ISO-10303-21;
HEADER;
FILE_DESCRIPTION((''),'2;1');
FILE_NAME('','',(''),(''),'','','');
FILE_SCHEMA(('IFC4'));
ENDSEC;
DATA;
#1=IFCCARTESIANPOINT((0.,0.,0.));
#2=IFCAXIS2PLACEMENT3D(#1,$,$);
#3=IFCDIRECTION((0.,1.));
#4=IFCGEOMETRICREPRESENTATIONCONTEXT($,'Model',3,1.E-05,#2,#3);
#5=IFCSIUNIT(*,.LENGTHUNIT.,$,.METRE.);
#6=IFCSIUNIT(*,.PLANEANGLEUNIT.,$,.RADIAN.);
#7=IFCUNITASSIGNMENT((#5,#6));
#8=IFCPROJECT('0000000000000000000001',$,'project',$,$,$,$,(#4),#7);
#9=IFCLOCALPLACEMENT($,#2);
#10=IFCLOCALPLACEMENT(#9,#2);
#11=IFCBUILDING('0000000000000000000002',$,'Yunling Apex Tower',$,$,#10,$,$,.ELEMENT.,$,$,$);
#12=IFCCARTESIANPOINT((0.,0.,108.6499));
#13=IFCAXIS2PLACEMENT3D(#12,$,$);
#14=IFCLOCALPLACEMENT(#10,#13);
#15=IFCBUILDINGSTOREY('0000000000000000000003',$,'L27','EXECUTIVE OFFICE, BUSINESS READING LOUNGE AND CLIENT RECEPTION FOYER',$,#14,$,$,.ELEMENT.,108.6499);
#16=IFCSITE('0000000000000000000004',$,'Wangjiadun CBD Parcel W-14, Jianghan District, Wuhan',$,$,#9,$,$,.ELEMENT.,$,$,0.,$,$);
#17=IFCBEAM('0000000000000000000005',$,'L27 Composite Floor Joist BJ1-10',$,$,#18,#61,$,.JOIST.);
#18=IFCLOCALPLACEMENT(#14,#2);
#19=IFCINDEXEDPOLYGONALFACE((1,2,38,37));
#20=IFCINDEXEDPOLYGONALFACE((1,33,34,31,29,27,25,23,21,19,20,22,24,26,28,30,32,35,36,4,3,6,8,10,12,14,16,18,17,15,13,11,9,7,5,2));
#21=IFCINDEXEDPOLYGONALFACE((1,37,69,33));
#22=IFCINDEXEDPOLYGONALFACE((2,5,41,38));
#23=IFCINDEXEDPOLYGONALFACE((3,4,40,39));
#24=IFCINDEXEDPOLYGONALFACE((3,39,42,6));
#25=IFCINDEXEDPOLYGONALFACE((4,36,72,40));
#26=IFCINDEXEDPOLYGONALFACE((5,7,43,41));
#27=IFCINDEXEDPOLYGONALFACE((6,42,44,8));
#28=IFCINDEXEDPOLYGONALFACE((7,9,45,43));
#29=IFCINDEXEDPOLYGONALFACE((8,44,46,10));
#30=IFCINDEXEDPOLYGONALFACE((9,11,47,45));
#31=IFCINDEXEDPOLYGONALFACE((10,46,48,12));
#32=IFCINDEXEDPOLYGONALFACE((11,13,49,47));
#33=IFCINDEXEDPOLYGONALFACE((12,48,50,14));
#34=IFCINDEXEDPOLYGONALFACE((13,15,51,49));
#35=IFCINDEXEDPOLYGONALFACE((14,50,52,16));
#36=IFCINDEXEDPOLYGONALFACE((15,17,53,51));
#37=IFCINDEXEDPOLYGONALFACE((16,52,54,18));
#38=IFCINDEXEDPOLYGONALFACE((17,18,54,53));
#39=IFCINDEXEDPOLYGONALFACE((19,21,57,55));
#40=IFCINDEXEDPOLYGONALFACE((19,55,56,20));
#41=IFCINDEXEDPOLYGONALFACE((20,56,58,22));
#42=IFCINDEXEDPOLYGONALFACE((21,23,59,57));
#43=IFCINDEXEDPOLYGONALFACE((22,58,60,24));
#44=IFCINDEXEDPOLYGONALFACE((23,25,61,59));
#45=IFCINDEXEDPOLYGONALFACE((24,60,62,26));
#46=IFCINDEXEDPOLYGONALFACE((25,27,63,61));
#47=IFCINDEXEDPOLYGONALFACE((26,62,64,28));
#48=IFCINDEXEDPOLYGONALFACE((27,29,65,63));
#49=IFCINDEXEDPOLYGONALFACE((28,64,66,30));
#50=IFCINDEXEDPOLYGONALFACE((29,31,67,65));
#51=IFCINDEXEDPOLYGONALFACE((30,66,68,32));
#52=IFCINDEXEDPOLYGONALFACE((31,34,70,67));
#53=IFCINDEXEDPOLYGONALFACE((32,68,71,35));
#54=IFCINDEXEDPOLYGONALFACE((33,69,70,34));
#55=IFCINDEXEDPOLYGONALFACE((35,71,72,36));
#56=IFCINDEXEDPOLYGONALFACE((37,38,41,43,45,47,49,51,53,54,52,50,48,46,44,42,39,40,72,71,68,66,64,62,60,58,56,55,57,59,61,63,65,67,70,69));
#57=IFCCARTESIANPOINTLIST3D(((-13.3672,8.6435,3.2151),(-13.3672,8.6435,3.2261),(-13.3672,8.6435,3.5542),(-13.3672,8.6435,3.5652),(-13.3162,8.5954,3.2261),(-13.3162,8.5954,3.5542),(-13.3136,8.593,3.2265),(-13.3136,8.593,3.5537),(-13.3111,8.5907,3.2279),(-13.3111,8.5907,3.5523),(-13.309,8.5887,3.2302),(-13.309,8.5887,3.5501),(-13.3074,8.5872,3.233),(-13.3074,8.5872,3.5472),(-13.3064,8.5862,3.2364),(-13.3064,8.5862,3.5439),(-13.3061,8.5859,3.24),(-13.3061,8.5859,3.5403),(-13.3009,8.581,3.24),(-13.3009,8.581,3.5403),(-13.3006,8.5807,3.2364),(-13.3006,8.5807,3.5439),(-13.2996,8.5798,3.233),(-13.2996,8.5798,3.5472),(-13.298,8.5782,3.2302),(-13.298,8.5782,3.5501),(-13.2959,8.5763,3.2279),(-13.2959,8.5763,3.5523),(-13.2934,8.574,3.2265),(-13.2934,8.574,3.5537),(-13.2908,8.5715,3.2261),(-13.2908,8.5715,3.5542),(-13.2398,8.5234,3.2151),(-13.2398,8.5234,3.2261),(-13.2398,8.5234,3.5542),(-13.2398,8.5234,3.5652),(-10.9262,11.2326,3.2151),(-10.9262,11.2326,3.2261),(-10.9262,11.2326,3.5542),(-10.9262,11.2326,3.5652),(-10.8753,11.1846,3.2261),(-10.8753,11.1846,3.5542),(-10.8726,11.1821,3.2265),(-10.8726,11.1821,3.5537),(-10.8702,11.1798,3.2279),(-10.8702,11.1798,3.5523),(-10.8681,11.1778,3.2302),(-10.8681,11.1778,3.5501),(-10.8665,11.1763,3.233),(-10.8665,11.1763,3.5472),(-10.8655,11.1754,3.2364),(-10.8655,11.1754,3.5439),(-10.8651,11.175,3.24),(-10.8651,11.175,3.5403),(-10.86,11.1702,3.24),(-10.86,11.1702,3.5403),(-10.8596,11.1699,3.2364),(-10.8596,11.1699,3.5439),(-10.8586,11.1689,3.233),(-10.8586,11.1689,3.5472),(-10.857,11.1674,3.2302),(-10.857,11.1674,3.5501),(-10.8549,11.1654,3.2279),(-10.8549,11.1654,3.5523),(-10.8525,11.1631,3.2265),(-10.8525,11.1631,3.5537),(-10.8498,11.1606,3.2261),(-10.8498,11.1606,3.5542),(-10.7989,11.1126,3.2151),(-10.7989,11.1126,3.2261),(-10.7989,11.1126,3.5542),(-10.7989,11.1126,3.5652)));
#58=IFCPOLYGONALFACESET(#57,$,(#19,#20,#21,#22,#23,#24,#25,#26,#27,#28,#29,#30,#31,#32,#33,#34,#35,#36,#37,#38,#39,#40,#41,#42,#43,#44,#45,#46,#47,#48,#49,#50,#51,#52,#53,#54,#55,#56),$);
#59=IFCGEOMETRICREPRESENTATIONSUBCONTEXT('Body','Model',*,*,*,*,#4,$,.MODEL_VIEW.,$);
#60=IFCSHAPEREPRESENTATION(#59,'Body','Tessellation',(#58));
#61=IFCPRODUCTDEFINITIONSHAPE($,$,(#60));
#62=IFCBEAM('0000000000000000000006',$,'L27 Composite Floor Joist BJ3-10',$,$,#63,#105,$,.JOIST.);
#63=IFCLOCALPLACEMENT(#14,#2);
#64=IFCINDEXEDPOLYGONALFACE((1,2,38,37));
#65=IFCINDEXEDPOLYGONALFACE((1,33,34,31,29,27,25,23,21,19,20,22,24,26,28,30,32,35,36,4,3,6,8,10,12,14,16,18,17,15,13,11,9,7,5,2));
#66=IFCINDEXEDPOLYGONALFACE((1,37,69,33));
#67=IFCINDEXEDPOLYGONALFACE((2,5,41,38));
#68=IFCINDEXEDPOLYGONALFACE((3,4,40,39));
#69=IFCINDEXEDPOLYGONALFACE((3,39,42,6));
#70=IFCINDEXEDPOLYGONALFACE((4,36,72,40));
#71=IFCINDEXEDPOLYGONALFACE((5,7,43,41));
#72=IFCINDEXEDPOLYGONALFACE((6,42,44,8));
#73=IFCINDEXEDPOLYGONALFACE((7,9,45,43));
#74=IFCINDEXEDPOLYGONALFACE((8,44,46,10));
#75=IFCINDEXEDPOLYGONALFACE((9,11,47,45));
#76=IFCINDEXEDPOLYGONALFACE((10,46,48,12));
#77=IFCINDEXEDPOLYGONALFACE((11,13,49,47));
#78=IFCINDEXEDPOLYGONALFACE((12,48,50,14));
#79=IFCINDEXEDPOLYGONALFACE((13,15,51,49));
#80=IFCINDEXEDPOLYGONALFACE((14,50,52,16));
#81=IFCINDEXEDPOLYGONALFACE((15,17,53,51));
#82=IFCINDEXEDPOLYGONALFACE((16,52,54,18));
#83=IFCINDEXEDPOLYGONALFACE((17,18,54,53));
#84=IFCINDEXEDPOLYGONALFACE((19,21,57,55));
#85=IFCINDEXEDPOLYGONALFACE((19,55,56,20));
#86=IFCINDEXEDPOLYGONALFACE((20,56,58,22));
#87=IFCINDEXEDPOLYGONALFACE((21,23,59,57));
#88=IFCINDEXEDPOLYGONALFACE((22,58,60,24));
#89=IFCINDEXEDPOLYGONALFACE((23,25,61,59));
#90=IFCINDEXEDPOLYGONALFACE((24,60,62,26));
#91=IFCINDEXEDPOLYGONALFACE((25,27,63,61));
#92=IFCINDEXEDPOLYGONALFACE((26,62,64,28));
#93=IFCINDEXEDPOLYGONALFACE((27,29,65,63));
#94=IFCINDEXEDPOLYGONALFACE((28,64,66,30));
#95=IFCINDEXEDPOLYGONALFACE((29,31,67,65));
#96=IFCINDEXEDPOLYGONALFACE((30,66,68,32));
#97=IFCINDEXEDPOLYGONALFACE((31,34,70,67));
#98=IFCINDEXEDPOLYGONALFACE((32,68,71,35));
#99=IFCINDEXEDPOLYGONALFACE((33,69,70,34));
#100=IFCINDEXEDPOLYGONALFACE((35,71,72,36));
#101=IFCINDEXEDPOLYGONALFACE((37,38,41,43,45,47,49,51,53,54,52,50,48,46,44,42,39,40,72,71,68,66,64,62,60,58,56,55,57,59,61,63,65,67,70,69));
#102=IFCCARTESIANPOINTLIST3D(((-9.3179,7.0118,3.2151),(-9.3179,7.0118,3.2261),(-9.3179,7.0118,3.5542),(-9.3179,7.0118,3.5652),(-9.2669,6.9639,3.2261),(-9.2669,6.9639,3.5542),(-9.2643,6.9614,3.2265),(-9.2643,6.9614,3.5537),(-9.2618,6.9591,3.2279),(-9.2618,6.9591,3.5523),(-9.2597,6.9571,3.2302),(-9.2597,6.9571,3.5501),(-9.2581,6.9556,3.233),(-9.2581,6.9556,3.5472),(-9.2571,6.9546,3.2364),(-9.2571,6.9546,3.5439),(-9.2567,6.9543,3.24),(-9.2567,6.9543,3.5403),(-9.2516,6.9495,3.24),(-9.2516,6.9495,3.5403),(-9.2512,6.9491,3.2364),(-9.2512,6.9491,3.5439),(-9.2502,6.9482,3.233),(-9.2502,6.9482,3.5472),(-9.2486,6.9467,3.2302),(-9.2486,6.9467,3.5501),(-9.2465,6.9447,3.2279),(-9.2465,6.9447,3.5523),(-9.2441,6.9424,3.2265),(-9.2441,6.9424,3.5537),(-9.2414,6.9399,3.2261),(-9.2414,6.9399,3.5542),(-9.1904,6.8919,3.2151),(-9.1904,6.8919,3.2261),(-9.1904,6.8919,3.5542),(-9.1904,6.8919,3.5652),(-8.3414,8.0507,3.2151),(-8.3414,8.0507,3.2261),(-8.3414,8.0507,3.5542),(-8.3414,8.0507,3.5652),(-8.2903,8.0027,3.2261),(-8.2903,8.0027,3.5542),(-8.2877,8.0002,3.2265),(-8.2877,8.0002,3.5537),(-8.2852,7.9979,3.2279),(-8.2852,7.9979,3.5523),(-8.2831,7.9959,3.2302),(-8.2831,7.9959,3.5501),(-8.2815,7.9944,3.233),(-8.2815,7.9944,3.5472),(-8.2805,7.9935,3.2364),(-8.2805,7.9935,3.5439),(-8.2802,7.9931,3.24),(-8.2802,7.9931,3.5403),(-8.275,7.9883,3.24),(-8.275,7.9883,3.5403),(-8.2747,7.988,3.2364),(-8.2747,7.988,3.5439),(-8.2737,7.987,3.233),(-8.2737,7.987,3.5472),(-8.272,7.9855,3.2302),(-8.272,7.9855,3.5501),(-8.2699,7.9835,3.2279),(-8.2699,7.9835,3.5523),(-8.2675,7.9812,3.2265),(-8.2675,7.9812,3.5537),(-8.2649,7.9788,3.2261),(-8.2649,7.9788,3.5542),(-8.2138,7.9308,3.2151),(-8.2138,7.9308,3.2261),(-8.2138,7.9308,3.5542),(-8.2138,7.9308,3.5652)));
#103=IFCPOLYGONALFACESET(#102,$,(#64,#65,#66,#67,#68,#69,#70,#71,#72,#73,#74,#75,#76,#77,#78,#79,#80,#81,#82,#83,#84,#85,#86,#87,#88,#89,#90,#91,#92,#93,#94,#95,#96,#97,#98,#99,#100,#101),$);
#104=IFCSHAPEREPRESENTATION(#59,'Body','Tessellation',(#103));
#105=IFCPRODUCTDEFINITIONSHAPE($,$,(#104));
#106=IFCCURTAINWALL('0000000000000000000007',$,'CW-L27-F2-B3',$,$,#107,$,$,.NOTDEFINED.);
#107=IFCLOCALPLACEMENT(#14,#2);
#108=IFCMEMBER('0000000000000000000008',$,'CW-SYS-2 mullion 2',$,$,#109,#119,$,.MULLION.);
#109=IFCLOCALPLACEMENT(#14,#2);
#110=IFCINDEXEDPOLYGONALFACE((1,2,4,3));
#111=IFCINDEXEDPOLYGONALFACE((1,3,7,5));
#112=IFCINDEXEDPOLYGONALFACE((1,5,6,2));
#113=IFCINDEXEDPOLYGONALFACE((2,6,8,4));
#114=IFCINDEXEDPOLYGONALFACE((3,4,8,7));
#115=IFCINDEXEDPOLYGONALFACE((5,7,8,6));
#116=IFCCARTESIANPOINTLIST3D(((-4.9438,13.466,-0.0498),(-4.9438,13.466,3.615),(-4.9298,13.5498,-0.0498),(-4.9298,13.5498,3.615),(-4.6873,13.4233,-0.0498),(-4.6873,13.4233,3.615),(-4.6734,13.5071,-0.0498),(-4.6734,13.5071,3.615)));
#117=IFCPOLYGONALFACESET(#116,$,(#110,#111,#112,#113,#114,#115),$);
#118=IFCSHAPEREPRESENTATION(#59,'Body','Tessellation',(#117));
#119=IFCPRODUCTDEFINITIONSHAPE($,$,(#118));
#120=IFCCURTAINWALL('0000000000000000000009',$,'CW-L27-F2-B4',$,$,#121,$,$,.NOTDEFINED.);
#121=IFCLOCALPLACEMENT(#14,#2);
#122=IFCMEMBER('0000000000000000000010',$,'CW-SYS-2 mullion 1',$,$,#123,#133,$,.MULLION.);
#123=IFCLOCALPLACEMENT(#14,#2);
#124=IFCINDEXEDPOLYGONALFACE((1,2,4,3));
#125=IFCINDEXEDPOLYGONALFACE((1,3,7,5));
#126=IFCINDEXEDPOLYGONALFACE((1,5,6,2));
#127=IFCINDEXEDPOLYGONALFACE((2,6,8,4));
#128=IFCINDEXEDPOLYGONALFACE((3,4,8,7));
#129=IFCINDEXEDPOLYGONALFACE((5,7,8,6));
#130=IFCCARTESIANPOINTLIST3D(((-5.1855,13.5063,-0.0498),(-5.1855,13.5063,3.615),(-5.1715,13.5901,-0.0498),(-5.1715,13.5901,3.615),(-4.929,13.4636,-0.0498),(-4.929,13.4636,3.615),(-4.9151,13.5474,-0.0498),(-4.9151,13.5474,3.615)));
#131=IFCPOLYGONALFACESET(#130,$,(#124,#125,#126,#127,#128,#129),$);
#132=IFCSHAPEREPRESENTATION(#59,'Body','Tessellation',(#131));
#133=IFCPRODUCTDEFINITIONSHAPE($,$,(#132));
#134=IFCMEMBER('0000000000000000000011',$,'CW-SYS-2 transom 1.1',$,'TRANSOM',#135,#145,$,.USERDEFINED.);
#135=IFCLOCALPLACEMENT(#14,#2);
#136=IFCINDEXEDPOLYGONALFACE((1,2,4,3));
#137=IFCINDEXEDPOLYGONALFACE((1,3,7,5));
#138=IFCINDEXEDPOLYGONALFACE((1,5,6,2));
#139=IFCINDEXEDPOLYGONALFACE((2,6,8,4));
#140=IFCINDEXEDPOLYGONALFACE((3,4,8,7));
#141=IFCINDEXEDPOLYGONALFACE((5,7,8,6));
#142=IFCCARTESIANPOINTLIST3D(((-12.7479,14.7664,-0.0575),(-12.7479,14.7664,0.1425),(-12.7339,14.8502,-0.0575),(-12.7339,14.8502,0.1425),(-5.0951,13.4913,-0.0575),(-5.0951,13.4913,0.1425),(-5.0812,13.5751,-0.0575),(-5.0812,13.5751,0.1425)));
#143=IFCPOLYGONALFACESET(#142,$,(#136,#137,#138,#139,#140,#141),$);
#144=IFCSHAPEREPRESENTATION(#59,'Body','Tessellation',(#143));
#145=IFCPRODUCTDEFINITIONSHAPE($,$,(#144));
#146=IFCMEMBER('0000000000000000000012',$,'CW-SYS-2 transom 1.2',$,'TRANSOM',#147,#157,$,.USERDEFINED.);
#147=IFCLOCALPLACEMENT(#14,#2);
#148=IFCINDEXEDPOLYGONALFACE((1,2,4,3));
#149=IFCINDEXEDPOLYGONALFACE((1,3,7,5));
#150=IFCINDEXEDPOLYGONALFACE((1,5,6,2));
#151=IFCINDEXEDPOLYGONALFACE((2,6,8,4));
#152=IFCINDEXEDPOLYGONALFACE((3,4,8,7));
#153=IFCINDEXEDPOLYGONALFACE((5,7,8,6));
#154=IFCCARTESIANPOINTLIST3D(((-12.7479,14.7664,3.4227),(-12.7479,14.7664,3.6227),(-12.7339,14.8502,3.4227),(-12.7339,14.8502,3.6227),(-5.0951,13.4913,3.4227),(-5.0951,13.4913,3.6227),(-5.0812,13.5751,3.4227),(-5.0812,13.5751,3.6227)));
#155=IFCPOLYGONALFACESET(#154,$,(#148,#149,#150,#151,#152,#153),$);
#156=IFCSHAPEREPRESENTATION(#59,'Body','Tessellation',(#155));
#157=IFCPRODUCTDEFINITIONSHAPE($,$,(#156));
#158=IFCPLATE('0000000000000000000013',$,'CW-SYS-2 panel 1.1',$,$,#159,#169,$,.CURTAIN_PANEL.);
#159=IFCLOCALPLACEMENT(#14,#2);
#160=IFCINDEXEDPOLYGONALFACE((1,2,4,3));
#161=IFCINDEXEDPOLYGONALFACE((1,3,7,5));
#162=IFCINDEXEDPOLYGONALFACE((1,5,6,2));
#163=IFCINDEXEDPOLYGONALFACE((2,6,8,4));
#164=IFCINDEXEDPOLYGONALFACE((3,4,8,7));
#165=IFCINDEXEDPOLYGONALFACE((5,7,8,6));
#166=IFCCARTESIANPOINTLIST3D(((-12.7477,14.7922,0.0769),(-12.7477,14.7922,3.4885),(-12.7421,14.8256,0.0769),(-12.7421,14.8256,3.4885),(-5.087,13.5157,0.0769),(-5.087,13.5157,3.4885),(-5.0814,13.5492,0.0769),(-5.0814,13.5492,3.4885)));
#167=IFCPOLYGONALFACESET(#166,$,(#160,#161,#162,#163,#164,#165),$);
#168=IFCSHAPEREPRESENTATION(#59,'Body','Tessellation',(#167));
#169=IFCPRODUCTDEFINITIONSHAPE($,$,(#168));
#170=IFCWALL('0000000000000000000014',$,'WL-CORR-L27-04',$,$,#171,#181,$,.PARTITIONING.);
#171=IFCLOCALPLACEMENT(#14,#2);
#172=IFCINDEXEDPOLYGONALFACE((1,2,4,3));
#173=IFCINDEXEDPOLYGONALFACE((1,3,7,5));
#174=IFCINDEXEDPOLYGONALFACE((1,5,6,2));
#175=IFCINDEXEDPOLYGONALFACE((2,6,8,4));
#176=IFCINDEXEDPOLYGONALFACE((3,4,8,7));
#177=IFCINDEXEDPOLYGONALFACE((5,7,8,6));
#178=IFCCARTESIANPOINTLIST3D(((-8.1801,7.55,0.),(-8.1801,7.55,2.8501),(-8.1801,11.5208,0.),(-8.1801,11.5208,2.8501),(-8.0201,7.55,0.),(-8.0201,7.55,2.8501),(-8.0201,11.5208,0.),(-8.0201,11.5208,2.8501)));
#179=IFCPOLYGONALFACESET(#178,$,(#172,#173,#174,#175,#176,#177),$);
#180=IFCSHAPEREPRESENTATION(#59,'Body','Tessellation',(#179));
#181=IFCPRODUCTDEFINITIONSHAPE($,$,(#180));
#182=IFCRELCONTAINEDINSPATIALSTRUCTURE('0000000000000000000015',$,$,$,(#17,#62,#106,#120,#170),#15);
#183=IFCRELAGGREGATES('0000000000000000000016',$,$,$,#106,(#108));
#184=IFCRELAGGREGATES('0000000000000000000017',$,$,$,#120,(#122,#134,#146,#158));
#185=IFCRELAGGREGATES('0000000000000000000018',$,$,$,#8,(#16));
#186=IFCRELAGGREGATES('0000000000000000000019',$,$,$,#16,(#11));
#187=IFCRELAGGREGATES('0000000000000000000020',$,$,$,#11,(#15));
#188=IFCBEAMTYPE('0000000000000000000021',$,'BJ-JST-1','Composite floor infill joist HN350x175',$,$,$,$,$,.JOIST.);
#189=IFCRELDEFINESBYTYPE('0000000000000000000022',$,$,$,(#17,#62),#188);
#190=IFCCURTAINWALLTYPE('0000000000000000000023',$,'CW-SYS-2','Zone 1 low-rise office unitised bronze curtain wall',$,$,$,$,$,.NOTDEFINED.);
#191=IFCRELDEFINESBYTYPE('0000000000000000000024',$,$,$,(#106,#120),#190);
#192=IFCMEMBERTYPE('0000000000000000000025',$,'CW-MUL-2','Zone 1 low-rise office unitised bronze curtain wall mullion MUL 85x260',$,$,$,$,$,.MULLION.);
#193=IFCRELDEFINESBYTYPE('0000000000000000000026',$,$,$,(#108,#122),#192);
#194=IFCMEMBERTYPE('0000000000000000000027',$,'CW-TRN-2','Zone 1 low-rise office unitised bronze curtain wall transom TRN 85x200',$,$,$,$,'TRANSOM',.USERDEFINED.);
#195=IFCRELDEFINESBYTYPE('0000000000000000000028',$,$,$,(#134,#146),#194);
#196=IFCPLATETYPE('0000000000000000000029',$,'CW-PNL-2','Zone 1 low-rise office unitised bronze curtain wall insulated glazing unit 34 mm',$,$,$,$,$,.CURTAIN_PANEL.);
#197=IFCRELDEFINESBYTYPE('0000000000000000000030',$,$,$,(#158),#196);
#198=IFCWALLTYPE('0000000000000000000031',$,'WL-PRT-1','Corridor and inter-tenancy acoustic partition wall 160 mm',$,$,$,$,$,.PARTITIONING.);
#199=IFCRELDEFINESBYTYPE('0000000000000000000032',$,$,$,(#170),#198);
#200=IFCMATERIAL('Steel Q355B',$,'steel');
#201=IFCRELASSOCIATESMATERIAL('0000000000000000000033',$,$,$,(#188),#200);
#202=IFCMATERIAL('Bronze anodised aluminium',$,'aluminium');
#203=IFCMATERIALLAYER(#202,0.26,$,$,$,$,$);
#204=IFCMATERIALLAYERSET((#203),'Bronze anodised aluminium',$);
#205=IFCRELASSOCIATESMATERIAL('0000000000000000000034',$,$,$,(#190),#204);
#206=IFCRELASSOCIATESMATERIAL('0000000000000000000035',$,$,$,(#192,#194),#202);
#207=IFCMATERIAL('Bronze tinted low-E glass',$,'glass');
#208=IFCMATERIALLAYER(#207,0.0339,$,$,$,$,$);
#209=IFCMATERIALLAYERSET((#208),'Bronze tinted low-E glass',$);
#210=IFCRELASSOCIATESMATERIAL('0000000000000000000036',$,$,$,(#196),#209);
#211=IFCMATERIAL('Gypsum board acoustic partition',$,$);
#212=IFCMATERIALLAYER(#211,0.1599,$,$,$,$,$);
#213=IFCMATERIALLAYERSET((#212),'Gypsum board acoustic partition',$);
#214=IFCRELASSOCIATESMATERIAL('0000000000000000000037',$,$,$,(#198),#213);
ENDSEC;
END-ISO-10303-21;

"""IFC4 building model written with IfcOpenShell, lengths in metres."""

from ifc_helpers import new_model, si_unit, direction, frame, frame_2d, origin, origin_2d, place, context, subcontext, project, spatial, rectangle, i_section, extrude, source, transform, mapped, material, layer, layer_set, material_profile, profile_set, type_object, element, aggregate, save


model = new_model("IFC4")

# Units and contexts
model_context = context("Model", 3, precision=1e-05, world=origin(), true_north=direction((0.0, 1.0)))
body_context = subcontext(model_context, "Body", "Model", "MODEL_VIEW")
ifc_project = project(units=[si_unit("LENGTHUNIT", "METRE"), si_unit("PLANEANGLEUNIT", "RADIAN")], contexts=[model_context])

# Site, building, storey
site_placement = place(None, origin())
site = spatial("IfcSite", under=ifc_project, at=site_placement, Name="Wangjiadun CBD Parcel W-14, Jianghan District, Wuhan", CompositionType="ELEMENT", RefElevation=0.0)
building_placement = place(site_placement, origin())
building = spatial("IfcBuilding", under=site, at=building_placement, Name="Yunling Apex Tower", CompositionType="ELEMENT")
storey_placement = place(building_placement, frame((0.0, 0.0, 108.6499)))
storey = spatial("IfcBuildingStorey", under=building, at=storey_placement, Name="L27", Description="EXECUTIVE OFFICE, BUSINESS READING LOUNGE AND CLIENT RECEPTION FOYER", CompositionType="ELEMENT", Elevation=108.6499)

# Beams
ifc_material_1 = material(Name="Steel Q355B", Category="steel")
ifc_material_profile_1 = material_profile(ifc_material_1, i_section(OverallWidth=0.175, OverallDepth=0.3501, WebThickness=0.0071, FlangeThickness=0.011, FilletRadius=0.0139, at=origin_2d()))
ifc_profile_set_1 = profile_set([ifc_material_profile_1], Name="Steel Q355B")
beam_type_1 = type_object("IfcBeamType", Name="BJ-JST-1", Description="Composite floor infill joist HN350x175", PredefinedType="JOIST", material=ifc_profile_set_1)
shared_shape_1 = source(origin(), body_context, "Body", "SweptSolid", [
    extrude(i_section(OverallWidth=0.175, OverallDepth=0.3501, WebThickness=0.0071, FlangeThickness=0.011, FilletRadius=0.0139, at=origin_2d()), origin(), (0.0, 0.0, 1.0), 3.5583),
])
beam_1_placement = place(storey_placement, frame((-10.8625, 11.1726, 3.3901), z_axis=(-0.685977, -0.727624, 0.0), x_axis=(0.727624, -0.685977, 0.0)))
element("IfcBeam", 1, at=beam_1_placement, inside=storey, type_object=beam_type_1, Name="L27 Composite Floor Joist BJ1-10", PredefinedType="JOIST", context=body_context, shape_type="MappedRepresentation", body=[
    mapped(shared_shape_1, transform((0.0, 0.0, 0.0), scale=1.0)),
])
shared_shape_2 = source(origin(), body_context, "Body", "SweptSolid", [
    extrude(i_section(OverallWidth=0.175, OverallDepth=0.3501, WebThickness=0.0071, FlangeThickness=0.011, FilletRadius=0.0139, at=origin_2d()), origin(), (0.0, 0.0, 1.0), 1.4258),
])
beam_2_placement = place(storey_placement, frame((-8.2776, 7.9907, 3.3901), z_axis=(-0.684937, -0.728602, 0.0), x_axis=(0.728602, -0.684937, 0.0)))
element("IfcBeam", 2, at=beam_2_placement, inside=storey, type_object=beam_type_1, Name="L27 Composite Floor Joist BJ3-10", PredefinedType="JOIST", context=body_context, shape_type="MappedRepresentation", body=[
    mapped(shared_shape_2, transform((0.0, 0.0, 0.0), scale=1.0)),
])

# Curtain wall, member
ifc_material_2 = material(Name="Bronze anodised aluminium", Category="aluminium")
ifc_layer_1 = layer(ifc_material_2, 0.26)
ifc_layer_set_1 = layer_set([ifc_layer_1], Name="Bronze anodised aluminium")
curtain_wall_type = type_object("IfcCurtainWallType", Name="CW-SYS-2", Description="Zone 1 low-rise office unitised bronze curtain wall", PredefinedType="NOTDEFINED", material=ifc_layer_set_1)
curtain_wall_1_placement = place(storey_placement, origin())
curtain_wall_1 = element("IfcCurtainWall", 3, at=curtain_wall_1_placement, inside=storey, type_object=curtain_wall_type, Name="CW-L27-F2-B3", PredefinedType="NOTDEFINED")
ifc_material_profile_2 = material_profile(ifc_material_2, rectangle(XDim=0.085, YDim=0.26, at=origin_2d()))
ifc_profile_set_2 = profile_set([ifc_material_profile_2], Name="Bronze anodised aluminium")
member_type_1 = type_object("IfcMemberType", Name="CW-MUL-2", Description="Zone 1 low-rise office unitised bronze curtain wall mullion MUL 85x260", PredefinedType="MULLION", material=ifc_profile_set_2)
shared_shape_3 = source(origin(), body_context, "Body", "SweptSolid", [
    extrude(rectangle(XDim=0.085, YDim=0.26, at=origin_2d()), origin(), (0.0, 0.0, 1.0), 3.6648),
])
member_1_placement = place(storey_placement, frame((-4.8086, 13.4866, -0.0498), z_axis=(0.0, 0.0, 1.0), x_axis=(-0.164362, -0.9864, 0.0)))
member_1 = element("IfcMember", 4, at=member_1_placement, type_object=member_type_1, Name="CW-SYS-2 mullion 2", PredefinedType="MULLION", context=body_context, shape_type="MappedRepresentation", body=[
    mapped(shared_shape_3, transform((0.0, 0.0, 0.0), scale=1.0)),
])
aggregate(curtain_wall_1, [member_1])

# Curtain wall, members, plate
curtain_wall_2_placement = place(storey_placement, origin())
curtain_wall_2 = element("IfcCurtainWall", 5, at=curtain_wall_2_placement, inside=storey, type_object=curtain_wall_type, Name="CW-L27-F2-B4", PredefinedType="NOTDEFINED")
member_2_placement = place(storey_placement, frame((-5.0503, 13.5269, -0.0498), z_axis=(0.0, 0.0, 1.0), x_axis=(-0.16436, -0.9864, 0.0)))
member_2 = element("IfcMember", 6, at=member_2_placement, type_object=member_type_1, Name="CW-SYS-2 mullion 1", PredefinedType="MULLION", context=body_context, shape_type="MappedRepresentation", body=[
    mapped(shared_shape_3, transform((0.0, 0.0, 0.0), scale=1.0)),
])
ifc_material_profile_3 = material_profile(ifc_material_2, rectangle(XDim=0.085, YDim=0.2, at=origin_2d()))
ifc_profile_set_3 = profile_set([ifc_material_profile_3], Name="Bronze anodised aluminium")
member_type_2 = type_object("IfcMemberType", Name="CW-TRN-2", Description="Zone 1 low-rise office unitised bronze curtain wall transom TRN 85x200", ElementType="TRANSOM", PredefinedType="USERDEFINED", material=ifc_profile_set_3)
shared_shape_4 = source(origin(), body_context, "Body", "SweptSolid", [
    extrude(rectangle(XDim=0.085, YDim=0.2, at=origin_2d()), origin(), (0.0, 0.0, 1.0), 7.7583),
])
member_3_placement = place(storey_placement, frame((-5.0881, 13.5332, 0.0425), z_axis=(-0.986401, 0.164358, 0.0), x_axis=(-0.164358, -0.986401, 0.0)))
member_3 = element("IfcMember", 7, at=member_3_placement, type_object=member_type_2, Name="CW-SYS-2 transom 1.1", ObjectType="TRANSOM", PredefinedType="USERDEFINED", context=body_context, shape_type="MappedRepresentation", body=[
    mapped(shared_shape_4, transform((0.0, 0.0, 0.0), scale=1.0)),
])
member_4_placement = place(storey_placement, frame((-5.0881, 13.5332, 3.5227), z_axis=(-0.986401, 0.164358, 0.0), x_axis=(-0.164358, -0.986401, 0.0)))
member_4 = element("IfcMember", 8, at=member_4_placement, type_object=member_type_2, Name="CW-SYS-2 transom 1.2", ObjectType="TRANSOM", PredefinedType="USERDEFINED", context=body_context, shape_type="MappedRepresentation", body=[
    mapped(shared_shape_4, transform((0.0, 0.0, 0.0), scale=1.0)),
])
ifc_material_3 = material(Name="Bronze tinted low-E glass", Category="glass")
ifc_layer_2 = layer(ifc_material_3, 0.0339)
ifc_layer_set_2 = layer_set([ifc_layer_2], Name="Bronze tinted low-E glass")
plate_type = type_object("IfcPlateType", Name="CW-PNL-2", Description="Zone 1 low-rise office unitised bronze curtain wall insulated glazing unit 34 mm", PredefinedType="CURTAIN_PANEL", material=ifc_layer_set_2)
shared_shape_5 = source(origin(), body_context, "Body", "SweptSolid", [
    extrude(rectangle(XDim=7.7664, YDim=0.0339, at=origin_2d()), origin(), (0.0, 0.0, 1.0), 3.4116),
])
plate_placement = place(storey_placement, frame((-8.9146, 14.1707, 0.0769), z_axis=(0.0, 0.0, 1.0), x_axis=(-0.9864, 0.16436, 0.0)))
plate = element("IfcPlate", 9, at=plate_placement, type_object=plate_type, Name="CW-SYS-2 panel 1.1", PredefinedType="CURTAIN_PANEL", context=body_context, shape_type="MappedRepresentation", body=[
    mapped(shared_shape_5, transform((0.0, 0.0, 0.0), scale=1.0)),
])
aggregate(curtain_wall_2, [member_2, member_3, member_4, plate])

# Wall
ifc_material_4 = material(Name="Gypsum board acoustic partition")
ifc_layer_3 = layer(ifc_material_4, 0.1599)
ifc_layer_set_3 = layer_set([ifc_layer_3], Name="Gypsum board acoustic partition")
wall_type = type_object("IfcWallType", Name="WL-PRT-1", Description="Corridor and inter-tenancy acoustic partition wall 160 mm", PredefinedType="PARTITIONING", material=ifc_layer_set_3)
wall_1_placement = place(storey_placement, frame((-8.1001, 7.55, 0.0), z_axis=(0.0, 0.0, 1.0), x_axis=(0.0, 1.0, 0.0)))
element("IfcWall", 10, at=wall_1_placement, inside=storey, type_object=wall_type, Name="WL-CORR-L27-04", PredefinedType="PARTITIONING", context=body_context, shape_type="SweptSolid", body=[
    extrude(rectangle(XDim=3.9707, YDim=0.1599, at=frame_2d((1.9854, 0.0))), origin(), (0.0, 0.0, 1.0), 2.8501),
])

save(model, "model.ifc")
